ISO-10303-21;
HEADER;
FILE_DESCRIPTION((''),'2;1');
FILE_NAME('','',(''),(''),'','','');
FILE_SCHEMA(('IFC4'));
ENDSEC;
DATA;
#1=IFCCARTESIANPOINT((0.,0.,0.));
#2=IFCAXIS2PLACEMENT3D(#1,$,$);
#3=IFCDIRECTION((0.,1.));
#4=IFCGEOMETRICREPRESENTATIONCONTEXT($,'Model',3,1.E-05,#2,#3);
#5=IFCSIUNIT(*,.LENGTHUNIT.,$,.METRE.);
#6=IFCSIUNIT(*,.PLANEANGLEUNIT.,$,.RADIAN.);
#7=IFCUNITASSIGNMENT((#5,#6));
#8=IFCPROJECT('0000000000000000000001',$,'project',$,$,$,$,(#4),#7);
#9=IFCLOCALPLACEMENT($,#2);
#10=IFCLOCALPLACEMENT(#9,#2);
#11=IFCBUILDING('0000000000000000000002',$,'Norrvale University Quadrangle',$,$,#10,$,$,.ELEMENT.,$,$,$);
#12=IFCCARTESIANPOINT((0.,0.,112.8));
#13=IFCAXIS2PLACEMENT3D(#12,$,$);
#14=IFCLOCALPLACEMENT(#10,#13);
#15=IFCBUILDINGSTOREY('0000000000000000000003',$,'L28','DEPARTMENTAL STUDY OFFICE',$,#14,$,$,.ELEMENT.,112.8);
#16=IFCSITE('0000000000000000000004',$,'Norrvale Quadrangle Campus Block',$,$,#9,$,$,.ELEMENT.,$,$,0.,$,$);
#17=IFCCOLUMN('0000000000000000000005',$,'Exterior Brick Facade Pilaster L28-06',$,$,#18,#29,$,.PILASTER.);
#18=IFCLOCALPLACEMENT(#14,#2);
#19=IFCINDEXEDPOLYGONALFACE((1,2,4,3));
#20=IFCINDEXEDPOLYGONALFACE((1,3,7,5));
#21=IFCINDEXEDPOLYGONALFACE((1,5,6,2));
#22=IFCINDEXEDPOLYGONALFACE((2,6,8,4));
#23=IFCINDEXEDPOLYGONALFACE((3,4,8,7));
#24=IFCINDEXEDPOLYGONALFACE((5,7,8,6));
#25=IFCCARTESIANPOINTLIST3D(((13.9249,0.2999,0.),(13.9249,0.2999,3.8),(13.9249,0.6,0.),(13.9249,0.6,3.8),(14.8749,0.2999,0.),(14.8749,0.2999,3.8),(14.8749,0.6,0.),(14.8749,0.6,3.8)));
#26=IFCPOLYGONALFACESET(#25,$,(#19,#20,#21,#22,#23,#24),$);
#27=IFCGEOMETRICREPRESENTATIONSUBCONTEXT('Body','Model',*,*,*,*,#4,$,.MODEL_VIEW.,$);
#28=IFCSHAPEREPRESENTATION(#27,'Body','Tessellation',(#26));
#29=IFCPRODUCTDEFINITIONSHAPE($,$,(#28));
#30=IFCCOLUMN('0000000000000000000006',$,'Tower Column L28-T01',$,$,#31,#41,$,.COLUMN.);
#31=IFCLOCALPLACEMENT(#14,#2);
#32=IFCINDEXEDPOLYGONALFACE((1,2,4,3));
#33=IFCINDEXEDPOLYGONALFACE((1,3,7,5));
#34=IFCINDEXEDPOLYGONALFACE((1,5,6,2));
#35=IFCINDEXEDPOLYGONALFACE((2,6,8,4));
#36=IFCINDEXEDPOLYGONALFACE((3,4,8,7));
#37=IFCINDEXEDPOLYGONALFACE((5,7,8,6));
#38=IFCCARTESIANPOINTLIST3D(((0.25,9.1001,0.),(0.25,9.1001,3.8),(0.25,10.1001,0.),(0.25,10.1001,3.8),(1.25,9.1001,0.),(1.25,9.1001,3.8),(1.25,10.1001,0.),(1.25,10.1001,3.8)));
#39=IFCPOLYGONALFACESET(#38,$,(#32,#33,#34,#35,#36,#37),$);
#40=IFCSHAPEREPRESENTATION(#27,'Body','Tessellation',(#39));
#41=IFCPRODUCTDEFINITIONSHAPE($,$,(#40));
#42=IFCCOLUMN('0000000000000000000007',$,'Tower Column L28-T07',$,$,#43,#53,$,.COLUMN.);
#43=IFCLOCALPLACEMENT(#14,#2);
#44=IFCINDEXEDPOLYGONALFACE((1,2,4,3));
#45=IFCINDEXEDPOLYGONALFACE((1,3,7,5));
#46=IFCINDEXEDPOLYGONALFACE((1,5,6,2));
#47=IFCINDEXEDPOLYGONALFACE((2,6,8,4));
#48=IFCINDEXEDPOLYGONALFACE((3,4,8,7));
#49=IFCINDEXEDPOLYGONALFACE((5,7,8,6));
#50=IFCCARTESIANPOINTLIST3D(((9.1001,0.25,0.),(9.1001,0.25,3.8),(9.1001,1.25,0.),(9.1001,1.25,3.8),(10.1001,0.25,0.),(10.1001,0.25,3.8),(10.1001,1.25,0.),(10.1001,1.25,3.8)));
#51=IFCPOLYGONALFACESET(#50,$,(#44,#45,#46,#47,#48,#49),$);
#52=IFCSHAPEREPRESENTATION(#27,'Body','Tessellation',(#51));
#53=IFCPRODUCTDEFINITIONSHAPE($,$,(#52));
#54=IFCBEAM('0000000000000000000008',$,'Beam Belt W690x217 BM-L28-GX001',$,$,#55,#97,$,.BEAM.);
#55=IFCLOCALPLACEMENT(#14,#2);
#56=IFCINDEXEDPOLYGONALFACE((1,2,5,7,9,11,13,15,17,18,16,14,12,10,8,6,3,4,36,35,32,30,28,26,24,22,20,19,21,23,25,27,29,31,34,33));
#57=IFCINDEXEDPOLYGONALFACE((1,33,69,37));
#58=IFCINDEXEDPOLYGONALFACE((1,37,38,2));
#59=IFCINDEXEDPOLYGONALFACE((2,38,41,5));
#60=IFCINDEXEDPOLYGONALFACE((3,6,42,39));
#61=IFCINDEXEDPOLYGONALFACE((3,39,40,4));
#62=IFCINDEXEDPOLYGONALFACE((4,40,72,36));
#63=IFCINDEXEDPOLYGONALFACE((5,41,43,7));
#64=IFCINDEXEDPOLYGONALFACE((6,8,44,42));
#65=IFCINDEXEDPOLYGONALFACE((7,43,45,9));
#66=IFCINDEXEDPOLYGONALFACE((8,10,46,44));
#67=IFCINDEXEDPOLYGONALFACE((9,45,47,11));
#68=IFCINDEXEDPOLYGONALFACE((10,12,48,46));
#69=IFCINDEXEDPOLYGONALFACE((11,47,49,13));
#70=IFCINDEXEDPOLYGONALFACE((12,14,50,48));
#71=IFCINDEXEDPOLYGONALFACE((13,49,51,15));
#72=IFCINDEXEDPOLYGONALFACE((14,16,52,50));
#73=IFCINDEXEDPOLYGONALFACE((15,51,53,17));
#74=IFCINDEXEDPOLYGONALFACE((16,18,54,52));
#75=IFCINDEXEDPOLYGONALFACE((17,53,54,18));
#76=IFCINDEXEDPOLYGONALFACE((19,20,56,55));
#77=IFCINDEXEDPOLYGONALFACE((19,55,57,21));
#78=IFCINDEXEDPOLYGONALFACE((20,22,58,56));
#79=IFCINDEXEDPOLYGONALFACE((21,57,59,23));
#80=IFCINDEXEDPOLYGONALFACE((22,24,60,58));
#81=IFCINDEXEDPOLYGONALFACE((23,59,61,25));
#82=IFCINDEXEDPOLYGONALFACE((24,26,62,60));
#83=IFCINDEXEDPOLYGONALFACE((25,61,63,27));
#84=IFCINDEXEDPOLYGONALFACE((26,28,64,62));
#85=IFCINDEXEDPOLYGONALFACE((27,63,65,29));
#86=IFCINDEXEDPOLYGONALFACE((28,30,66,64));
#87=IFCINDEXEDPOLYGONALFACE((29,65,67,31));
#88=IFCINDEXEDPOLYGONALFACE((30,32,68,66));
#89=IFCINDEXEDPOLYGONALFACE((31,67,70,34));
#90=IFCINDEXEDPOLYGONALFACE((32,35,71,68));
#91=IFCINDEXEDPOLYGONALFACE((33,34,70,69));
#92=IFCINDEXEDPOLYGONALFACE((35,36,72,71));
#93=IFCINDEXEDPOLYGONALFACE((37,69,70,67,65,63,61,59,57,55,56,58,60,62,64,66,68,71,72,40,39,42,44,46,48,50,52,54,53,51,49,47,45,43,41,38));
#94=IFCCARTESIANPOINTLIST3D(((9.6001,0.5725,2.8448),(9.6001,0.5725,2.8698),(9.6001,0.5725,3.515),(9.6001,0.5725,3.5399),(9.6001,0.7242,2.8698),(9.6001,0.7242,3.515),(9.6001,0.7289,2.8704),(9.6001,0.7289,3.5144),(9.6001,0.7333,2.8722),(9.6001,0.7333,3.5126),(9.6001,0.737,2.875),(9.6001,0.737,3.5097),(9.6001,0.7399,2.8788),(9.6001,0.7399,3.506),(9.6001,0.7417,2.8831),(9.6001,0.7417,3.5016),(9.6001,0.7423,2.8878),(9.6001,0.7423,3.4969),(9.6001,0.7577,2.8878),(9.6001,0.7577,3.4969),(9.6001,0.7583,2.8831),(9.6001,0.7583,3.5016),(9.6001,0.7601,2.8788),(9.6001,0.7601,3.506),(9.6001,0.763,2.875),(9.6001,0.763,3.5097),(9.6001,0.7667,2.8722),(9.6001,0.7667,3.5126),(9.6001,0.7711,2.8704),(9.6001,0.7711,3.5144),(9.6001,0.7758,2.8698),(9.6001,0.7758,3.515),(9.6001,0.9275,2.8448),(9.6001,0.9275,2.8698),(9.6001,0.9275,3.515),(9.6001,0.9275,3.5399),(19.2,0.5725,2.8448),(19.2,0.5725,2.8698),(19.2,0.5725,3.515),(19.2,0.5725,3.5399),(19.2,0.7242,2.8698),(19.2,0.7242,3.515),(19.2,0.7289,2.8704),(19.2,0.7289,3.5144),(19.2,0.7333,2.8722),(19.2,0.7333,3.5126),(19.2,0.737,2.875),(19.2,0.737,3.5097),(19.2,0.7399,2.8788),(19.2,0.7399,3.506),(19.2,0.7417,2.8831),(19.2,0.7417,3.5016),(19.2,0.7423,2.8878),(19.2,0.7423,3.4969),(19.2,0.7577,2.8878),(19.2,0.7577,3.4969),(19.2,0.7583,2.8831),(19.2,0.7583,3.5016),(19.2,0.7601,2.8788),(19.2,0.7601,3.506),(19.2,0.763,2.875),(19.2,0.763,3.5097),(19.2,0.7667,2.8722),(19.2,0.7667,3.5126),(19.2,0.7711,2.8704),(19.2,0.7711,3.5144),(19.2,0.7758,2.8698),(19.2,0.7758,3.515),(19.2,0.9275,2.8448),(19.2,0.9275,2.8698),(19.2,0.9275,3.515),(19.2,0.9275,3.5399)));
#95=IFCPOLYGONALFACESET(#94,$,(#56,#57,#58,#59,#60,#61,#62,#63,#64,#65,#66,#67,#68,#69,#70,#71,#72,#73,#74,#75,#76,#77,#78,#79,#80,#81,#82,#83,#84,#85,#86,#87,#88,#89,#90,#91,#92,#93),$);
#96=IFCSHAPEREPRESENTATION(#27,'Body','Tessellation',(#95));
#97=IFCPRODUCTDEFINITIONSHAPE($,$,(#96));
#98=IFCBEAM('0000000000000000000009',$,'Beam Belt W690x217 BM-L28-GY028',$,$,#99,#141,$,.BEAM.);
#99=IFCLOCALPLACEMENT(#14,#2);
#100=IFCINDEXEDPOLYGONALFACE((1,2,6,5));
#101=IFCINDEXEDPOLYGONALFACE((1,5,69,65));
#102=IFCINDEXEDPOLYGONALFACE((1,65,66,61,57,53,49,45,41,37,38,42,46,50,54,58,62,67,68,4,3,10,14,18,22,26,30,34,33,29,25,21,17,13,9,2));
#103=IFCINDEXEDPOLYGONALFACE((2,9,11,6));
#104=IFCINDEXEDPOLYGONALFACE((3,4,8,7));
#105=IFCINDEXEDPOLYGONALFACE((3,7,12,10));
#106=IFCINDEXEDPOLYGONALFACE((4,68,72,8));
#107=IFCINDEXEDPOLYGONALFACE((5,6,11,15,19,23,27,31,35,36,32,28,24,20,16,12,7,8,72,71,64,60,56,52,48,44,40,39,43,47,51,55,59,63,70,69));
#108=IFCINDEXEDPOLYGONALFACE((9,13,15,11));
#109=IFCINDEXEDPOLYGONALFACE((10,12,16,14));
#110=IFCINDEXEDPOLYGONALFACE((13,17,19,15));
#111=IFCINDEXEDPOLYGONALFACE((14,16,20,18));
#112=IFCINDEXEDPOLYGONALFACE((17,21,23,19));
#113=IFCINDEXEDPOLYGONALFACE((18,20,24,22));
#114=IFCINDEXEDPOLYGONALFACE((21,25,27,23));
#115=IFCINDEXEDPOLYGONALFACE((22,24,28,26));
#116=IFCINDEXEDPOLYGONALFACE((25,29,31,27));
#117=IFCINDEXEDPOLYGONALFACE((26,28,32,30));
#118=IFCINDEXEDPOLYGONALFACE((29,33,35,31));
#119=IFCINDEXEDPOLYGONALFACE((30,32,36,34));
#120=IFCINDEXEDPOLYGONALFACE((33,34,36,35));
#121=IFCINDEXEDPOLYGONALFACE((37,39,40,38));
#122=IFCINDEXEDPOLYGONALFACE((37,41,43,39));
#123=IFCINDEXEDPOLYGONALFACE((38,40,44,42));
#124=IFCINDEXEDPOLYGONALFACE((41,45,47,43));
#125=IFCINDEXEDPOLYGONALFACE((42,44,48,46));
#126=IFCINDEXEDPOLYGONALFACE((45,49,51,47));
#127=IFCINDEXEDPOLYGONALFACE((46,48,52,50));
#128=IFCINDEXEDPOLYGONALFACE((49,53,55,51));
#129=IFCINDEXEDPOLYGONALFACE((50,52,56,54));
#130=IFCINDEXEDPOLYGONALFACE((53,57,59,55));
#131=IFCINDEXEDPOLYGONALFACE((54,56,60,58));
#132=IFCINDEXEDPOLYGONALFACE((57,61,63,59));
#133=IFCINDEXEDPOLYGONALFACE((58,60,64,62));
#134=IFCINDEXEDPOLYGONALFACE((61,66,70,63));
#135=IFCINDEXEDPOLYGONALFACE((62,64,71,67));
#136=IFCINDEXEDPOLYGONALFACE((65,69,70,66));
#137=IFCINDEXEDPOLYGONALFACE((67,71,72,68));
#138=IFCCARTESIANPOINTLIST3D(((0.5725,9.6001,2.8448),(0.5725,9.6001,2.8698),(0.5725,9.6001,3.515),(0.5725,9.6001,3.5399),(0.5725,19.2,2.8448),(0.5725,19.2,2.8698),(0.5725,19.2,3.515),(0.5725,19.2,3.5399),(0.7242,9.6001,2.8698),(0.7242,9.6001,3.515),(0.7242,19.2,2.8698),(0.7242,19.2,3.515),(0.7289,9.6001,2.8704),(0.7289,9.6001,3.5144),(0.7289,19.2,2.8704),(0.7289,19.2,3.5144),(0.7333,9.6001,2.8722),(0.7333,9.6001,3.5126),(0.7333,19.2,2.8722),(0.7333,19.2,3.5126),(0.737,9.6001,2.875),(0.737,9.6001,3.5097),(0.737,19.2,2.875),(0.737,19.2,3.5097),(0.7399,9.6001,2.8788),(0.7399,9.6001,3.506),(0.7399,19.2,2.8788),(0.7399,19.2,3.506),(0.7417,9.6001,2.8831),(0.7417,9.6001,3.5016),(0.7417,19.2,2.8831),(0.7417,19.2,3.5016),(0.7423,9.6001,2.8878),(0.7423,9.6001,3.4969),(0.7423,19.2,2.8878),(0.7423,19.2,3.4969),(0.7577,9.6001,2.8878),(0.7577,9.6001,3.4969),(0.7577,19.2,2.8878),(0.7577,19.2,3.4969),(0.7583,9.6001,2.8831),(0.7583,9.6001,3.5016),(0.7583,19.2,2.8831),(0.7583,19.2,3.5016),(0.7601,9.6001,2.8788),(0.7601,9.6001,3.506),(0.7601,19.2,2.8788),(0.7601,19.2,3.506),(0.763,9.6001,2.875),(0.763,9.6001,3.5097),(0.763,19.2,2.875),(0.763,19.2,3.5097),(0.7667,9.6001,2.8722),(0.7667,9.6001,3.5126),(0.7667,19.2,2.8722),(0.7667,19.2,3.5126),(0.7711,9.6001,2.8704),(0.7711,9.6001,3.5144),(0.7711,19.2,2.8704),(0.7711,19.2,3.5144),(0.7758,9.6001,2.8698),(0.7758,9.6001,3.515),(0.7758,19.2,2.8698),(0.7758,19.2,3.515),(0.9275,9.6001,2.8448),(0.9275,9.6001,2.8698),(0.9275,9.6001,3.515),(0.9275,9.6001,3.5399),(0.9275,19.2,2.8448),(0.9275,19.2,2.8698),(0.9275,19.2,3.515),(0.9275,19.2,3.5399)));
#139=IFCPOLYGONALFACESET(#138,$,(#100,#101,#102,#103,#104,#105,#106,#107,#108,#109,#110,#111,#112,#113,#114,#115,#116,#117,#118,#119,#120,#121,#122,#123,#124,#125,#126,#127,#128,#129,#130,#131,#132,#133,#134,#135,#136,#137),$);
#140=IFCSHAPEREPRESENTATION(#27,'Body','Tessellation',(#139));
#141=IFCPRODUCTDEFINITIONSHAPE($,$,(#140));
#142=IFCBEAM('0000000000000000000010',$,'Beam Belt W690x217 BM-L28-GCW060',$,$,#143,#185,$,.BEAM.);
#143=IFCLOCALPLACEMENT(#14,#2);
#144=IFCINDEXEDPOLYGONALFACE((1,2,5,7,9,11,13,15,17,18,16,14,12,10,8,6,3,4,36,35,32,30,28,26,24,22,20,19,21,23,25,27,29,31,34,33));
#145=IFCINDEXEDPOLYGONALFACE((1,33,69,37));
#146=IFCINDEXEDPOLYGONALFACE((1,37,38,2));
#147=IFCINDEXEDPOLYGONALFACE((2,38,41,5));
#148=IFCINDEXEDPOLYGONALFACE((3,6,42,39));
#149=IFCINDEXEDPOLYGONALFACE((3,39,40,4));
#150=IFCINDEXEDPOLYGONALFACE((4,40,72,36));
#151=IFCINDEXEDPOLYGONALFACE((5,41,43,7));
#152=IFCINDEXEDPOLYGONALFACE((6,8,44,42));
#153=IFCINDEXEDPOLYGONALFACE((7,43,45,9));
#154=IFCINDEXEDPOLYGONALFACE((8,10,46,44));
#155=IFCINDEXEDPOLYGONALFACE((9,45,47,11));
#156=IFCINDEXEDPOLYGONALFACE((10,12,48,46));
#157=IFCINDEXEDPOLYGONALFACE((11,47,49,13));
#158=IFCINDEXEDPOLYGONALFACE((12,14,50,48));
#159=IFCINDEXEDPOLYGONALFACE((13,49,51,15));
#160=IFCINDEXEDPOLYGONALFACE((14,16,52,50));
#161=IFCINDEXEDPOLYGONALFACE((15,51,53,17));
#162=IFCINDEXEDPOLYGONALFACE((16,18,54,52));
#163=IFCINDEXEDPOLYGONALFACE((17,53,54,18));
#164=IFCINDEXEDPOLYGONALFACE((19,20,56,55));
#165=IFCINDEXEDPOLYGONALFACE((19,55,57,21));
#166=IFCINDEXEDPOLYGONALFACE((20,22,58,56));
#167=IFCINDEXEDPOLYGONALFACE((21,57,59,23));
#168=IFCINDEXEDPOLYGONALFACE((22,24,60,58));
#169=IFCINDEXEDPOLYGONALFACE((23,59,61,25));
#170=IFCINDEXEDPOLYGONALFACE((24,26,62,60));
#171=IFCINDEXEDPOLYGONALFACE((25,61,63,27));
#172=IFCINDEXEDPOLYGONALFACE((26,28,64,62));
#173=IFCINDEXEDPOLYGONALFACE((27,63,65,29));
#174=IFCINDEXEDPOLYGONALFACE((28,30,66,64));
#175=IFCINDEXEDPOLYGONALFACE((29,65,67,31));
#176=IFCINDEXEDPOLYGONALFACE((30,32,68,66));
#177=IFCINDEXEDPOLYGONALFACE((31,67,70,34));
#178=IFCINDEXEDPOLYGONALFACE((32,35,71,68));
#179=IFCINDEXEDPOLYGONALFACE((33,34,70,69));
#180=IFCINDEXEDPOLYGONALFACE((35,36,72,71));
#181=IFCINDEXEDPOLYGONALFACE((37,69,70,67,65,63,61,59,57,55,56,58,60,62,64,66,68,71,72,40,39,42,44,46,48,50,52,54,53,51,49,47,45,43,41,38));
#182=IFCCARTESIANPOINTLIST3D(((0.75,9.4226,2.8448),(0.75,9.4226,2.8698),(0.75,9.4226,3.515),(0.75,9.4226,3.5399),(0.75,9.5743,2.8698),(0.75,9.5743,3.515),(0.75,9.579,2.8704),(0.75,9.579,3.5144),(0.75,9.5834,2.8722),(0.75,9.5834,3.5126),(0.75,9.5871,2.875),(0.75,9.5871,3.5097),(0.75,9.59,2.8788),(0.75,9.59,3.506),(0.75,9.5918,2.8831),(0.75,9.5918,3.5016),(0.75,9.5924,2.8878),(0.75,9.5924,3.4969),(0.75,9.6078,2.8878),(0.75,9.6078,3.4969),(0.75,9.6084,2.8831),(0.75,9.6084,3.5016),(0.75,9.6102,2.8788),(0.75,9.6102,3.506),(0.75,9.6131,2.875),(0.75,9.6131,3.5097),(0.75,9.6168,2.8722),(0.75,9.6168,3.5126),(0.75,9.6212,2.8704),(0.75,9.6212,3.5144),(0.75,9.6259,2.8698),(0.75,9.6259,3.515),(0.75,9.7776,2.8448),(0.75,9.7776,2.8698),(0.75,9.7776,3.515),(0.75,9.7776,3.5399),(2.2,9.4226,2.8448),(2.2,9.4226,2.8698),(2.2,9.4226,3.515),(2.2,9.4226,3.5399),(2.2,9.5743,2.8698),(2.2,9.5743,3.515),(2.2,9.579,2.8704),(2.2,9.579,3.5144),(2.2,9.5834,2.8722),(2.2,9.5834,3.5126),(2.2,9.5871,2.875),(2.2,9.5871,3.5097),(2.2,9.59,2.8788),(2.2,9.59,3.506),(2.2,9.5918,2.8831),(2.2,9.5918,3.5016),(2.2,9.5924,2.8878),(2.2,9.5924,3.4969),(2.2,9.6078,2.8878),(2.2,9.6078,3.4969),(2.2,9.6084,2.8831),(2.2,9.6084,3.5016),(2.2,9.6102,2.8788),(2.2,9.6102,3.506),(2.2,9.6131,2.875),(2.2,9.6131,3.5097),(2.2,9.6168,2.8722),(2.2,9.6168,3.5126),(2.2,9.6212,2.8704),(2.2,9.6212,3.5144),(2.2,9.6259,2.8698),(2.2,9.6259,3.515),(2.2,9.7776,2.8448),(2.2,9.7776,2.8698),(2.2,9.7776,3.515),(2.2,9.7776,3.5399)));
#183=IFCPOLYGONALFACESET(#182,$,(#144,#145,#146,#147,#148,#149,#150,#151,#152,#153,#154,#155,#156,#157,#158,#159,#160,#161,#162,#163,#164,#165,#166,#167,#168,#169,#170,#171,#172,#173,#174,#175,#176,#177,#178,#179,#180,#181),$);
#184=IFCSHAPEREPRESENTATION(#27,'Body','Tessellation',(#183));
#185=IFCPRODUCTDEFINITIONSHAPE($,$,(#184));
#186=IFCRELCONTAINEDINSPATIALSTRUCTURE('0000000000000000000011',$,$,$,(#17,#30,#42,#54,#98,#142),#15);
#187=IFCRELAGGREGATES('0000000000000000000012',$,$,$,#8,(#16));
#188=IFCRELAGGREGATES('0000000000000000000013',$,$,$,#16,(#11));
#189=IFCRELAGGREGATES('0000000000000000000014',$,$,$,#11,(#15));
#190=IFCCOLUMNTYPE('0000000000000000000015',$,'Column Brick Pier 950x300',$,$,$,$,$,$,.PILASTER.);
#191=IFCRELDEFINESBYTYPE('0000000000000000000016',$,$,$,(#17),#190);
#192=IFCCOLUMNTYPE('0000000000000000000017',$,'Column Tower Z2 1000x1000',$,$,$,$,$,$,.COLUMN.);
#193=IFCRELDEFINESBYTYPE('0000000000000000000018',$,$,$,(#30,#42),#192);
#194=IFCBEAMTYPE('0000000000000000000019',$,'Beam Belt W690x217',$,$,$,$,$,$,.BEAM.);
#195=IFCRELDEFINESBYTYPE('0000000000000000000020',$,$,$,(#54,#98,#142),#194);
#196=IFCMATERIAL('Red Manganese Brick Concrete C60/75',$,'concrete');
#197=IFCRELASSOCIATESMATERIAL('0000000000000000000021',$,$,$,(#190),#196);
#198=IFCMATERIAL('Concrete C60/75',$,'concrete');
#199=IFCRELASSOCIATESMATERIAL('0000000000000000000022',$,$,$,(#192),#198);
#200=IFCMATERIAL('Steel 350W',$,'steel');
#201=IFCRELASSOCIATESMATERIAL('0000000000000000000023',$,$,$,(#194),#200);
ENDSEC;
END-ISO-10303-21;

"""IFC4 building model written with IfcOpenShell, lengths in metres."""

from ifc_helpers import new_model, si_unit, direction, frame, origin, origin_2d, place, context, subcontext, project, spatial, rectangle, i_section, extrude, material, material_profile, profile_set, type_object, element, save


model = new_model("IFC4")

# Units and contexts
model_context = context("Model", 3, precision=1e-05, world=origin(), true_north=direction((0.0, 1.0)))
body_context = subcontext(model_context, "Body", "Model", "MODEL_VIEW")
ifc_project = project(units=[si_unit("LENGTHUNIT", "METRE"), si_unit("PLANEANGLEUNIT", "RADIAN")], contexts=[model_context])

# Site, building, storey
site_placement = place(None, origin())
site = spatial("IfcSite", under=ifc_project, at=site_placement, Name="Norrvale Quadrangle Campus Block", CompositionType="ELEMENT", RefElevation=0.0)
building_placement = place(site_placement, origin())
building = spatial("IfcBuilding", under=site, at=building_placement, Name="Norrvale University Quadrangle", CompositionType="ELEMENT")
storey_placement = place(building_placement, frame((0.0, 0.0, 112.8)))
storey = spatial("IfcBuildingStorey", under=building, at=storey_placement, Name="L28", Description="DEPARTMENTAL STUDY OFFICE", CompositionType="ELEMENT", Elevation=112.8)

# Columns
ifc_material_1 = material(Name="Red Manganese Brick Concrete C60/75", Category="concrete")
ifc_material_profile_1 = material_profile(ifc_material_1, rectangle(XDim=0.95, YDim=0.3, at=origin_2d()), Name="Red Manganese Brick Concrete C60/75")
ifc_profile_set_1 = profile_set([ifc_material_profile_1], Name="Red Manganese Brick Concrete C60/75")
column_type_1 = type_object("IfcColumnType", Name="Column Brick Pier 950x300", PredefinedType="PILASTER", material=ifc_profile_set_1)
column_placement = place(storey_placement, frame((14.3999, 0.45, 0.0), z_axis=(0.0, 0.0, 1.0), x_axis=(1.0, 0.0, 0.0)))
element("IfcColumn", 1, at=column_placement, inside=storey, type_object=column_type_1, Name="Exterior Brick Facade Pilaster L28-06", PredefinedType="PILASTER", context=body_context, shape_type="SweptSolid", body=[
    extrude(rectangle(XDim=0.95, YDim=0.3, at=origin_2d()), origin(), (0.0, 0.0, 1.0), 3.8),
])
ifc_material_2 = material(Name="Concrete C60/75", Category="concrete")
ifc_material_profile_2 = material_profile(ifc_material_2, rectangle(XDim=1.0, YDim=1.0, at=origin_2d()), Name="Concrete C60/75")
ifc_profile_set_2 = profile_set([ifc_material_profile_2], Name="Concrete C60/75")
column_type_2 = type_object("IfcColumnType", Name="Column Tower Z2 1000x1000", PredefinedType="COLUMN", material=ifc_profile_set_2)
for number, where, z_axis, x_axis, name in (
    (2, (0.75, 9.6001, 0.0), (0.0, 0.0, 1.0), (1.0, 0.0, 0.0), "Tower Column L28-T01"),
    (3, (9.6001, 0.75, 0.0), (0.0, 0.0, 1.0), (1.0, 0.0, 0.0), "Tower Column L28-T07"),
):
    element("IfcColumn", number, at=place(storey_placement, frame(where, z_axis=z_axis, x_axis=x_axis)), inside=storey, type_object=column_type_2, Name=name, PredefinedType="COLUMN", context=body_context, shape_type="SweptSolid", body=[
        extrude(rectangle(XDim=1.0, YDim=1.0, at=origin_2d()), origin(), (0.0, 0.0, 1.0), 3.8),
    ])

# Beams
ifc_material_3 = material(Name="Steel 350W", Category="steel")
ifc_material_profile_3 = material_profile(ifc_material_3, i_section(OverallWidth=0.355, OverallDepth=0.6951, WebThickness=0.0154, FlangeThickness=0.0249, FilletRadius=0.0181, at=origin_2d()), Name="Steel 350W")
ifc_profile_set_3 = profile_set([ifc_material_profile_3], Name="Steel 350W")
beam_type_1 = type_object("IfcBeamType", Name="Beam Belt W690x217", PredefinedType="BEAM", material=ifc_profile_set_3)
for number, where, z_axis, x_axis, name in (
    (4, (9.6001, 0.75, 3.1924), (1.0, 0.0, 0.0), (0.0, 1.0, 0.0), "Beam Belt W690x217 BM-L28-GX001"),
    (5, (0.75, 9.6001, 3.1924), (0.0, 1.0, 0.0), (-1.0, 0.0, 0.0), "Beam Belt W690x217 BM-L28-GY028"),
):
    element("IfcBeam", number, at=place(storey_placement, frame(where, z_axis=z_axis, x_axis=x_axis)), inside=storey, type_object=beam_type_1, Name=name, PredefinedType="BEAM", context=body_context, shape_type="SweptSolid", body=[
        extrude(i_section(OverallWidth=0.355, OverallDepth=0.6951, WebThickness=0.0154, FlangeThickness=0.0249, FilletRadius=0.0181, at=origin_2d()), origin(), (0.0, 0.0, 1.0), 9.5999),
    ])
beam_1_placement = place(storey_placement, frame((0.75, 9.6001, 3.1924), z_axis=(1.0, 0.0, 0.0), x_axis=(0.0, 1.0, 0.0)))
element("IfcBeam", 6, at=beam_1_placement, inside=storey, type_object=beam_type_1, Name="Beam Belt W690x217 BM-L28-GCW060", PredefinedType="BEAM", context=body_context, shape_type="SweptSolid", body=[
    extrude(i_section(OverallWidth=0.355, OverallDepth=0.6951, WebThickness=0.0154, FlangeThickness=0.0249, FilletRadius=0.0181, at=origin_2d()), origin(), (0.0, 0.0, 1.0), 1.45),
])

save(model, "model.ifc")
